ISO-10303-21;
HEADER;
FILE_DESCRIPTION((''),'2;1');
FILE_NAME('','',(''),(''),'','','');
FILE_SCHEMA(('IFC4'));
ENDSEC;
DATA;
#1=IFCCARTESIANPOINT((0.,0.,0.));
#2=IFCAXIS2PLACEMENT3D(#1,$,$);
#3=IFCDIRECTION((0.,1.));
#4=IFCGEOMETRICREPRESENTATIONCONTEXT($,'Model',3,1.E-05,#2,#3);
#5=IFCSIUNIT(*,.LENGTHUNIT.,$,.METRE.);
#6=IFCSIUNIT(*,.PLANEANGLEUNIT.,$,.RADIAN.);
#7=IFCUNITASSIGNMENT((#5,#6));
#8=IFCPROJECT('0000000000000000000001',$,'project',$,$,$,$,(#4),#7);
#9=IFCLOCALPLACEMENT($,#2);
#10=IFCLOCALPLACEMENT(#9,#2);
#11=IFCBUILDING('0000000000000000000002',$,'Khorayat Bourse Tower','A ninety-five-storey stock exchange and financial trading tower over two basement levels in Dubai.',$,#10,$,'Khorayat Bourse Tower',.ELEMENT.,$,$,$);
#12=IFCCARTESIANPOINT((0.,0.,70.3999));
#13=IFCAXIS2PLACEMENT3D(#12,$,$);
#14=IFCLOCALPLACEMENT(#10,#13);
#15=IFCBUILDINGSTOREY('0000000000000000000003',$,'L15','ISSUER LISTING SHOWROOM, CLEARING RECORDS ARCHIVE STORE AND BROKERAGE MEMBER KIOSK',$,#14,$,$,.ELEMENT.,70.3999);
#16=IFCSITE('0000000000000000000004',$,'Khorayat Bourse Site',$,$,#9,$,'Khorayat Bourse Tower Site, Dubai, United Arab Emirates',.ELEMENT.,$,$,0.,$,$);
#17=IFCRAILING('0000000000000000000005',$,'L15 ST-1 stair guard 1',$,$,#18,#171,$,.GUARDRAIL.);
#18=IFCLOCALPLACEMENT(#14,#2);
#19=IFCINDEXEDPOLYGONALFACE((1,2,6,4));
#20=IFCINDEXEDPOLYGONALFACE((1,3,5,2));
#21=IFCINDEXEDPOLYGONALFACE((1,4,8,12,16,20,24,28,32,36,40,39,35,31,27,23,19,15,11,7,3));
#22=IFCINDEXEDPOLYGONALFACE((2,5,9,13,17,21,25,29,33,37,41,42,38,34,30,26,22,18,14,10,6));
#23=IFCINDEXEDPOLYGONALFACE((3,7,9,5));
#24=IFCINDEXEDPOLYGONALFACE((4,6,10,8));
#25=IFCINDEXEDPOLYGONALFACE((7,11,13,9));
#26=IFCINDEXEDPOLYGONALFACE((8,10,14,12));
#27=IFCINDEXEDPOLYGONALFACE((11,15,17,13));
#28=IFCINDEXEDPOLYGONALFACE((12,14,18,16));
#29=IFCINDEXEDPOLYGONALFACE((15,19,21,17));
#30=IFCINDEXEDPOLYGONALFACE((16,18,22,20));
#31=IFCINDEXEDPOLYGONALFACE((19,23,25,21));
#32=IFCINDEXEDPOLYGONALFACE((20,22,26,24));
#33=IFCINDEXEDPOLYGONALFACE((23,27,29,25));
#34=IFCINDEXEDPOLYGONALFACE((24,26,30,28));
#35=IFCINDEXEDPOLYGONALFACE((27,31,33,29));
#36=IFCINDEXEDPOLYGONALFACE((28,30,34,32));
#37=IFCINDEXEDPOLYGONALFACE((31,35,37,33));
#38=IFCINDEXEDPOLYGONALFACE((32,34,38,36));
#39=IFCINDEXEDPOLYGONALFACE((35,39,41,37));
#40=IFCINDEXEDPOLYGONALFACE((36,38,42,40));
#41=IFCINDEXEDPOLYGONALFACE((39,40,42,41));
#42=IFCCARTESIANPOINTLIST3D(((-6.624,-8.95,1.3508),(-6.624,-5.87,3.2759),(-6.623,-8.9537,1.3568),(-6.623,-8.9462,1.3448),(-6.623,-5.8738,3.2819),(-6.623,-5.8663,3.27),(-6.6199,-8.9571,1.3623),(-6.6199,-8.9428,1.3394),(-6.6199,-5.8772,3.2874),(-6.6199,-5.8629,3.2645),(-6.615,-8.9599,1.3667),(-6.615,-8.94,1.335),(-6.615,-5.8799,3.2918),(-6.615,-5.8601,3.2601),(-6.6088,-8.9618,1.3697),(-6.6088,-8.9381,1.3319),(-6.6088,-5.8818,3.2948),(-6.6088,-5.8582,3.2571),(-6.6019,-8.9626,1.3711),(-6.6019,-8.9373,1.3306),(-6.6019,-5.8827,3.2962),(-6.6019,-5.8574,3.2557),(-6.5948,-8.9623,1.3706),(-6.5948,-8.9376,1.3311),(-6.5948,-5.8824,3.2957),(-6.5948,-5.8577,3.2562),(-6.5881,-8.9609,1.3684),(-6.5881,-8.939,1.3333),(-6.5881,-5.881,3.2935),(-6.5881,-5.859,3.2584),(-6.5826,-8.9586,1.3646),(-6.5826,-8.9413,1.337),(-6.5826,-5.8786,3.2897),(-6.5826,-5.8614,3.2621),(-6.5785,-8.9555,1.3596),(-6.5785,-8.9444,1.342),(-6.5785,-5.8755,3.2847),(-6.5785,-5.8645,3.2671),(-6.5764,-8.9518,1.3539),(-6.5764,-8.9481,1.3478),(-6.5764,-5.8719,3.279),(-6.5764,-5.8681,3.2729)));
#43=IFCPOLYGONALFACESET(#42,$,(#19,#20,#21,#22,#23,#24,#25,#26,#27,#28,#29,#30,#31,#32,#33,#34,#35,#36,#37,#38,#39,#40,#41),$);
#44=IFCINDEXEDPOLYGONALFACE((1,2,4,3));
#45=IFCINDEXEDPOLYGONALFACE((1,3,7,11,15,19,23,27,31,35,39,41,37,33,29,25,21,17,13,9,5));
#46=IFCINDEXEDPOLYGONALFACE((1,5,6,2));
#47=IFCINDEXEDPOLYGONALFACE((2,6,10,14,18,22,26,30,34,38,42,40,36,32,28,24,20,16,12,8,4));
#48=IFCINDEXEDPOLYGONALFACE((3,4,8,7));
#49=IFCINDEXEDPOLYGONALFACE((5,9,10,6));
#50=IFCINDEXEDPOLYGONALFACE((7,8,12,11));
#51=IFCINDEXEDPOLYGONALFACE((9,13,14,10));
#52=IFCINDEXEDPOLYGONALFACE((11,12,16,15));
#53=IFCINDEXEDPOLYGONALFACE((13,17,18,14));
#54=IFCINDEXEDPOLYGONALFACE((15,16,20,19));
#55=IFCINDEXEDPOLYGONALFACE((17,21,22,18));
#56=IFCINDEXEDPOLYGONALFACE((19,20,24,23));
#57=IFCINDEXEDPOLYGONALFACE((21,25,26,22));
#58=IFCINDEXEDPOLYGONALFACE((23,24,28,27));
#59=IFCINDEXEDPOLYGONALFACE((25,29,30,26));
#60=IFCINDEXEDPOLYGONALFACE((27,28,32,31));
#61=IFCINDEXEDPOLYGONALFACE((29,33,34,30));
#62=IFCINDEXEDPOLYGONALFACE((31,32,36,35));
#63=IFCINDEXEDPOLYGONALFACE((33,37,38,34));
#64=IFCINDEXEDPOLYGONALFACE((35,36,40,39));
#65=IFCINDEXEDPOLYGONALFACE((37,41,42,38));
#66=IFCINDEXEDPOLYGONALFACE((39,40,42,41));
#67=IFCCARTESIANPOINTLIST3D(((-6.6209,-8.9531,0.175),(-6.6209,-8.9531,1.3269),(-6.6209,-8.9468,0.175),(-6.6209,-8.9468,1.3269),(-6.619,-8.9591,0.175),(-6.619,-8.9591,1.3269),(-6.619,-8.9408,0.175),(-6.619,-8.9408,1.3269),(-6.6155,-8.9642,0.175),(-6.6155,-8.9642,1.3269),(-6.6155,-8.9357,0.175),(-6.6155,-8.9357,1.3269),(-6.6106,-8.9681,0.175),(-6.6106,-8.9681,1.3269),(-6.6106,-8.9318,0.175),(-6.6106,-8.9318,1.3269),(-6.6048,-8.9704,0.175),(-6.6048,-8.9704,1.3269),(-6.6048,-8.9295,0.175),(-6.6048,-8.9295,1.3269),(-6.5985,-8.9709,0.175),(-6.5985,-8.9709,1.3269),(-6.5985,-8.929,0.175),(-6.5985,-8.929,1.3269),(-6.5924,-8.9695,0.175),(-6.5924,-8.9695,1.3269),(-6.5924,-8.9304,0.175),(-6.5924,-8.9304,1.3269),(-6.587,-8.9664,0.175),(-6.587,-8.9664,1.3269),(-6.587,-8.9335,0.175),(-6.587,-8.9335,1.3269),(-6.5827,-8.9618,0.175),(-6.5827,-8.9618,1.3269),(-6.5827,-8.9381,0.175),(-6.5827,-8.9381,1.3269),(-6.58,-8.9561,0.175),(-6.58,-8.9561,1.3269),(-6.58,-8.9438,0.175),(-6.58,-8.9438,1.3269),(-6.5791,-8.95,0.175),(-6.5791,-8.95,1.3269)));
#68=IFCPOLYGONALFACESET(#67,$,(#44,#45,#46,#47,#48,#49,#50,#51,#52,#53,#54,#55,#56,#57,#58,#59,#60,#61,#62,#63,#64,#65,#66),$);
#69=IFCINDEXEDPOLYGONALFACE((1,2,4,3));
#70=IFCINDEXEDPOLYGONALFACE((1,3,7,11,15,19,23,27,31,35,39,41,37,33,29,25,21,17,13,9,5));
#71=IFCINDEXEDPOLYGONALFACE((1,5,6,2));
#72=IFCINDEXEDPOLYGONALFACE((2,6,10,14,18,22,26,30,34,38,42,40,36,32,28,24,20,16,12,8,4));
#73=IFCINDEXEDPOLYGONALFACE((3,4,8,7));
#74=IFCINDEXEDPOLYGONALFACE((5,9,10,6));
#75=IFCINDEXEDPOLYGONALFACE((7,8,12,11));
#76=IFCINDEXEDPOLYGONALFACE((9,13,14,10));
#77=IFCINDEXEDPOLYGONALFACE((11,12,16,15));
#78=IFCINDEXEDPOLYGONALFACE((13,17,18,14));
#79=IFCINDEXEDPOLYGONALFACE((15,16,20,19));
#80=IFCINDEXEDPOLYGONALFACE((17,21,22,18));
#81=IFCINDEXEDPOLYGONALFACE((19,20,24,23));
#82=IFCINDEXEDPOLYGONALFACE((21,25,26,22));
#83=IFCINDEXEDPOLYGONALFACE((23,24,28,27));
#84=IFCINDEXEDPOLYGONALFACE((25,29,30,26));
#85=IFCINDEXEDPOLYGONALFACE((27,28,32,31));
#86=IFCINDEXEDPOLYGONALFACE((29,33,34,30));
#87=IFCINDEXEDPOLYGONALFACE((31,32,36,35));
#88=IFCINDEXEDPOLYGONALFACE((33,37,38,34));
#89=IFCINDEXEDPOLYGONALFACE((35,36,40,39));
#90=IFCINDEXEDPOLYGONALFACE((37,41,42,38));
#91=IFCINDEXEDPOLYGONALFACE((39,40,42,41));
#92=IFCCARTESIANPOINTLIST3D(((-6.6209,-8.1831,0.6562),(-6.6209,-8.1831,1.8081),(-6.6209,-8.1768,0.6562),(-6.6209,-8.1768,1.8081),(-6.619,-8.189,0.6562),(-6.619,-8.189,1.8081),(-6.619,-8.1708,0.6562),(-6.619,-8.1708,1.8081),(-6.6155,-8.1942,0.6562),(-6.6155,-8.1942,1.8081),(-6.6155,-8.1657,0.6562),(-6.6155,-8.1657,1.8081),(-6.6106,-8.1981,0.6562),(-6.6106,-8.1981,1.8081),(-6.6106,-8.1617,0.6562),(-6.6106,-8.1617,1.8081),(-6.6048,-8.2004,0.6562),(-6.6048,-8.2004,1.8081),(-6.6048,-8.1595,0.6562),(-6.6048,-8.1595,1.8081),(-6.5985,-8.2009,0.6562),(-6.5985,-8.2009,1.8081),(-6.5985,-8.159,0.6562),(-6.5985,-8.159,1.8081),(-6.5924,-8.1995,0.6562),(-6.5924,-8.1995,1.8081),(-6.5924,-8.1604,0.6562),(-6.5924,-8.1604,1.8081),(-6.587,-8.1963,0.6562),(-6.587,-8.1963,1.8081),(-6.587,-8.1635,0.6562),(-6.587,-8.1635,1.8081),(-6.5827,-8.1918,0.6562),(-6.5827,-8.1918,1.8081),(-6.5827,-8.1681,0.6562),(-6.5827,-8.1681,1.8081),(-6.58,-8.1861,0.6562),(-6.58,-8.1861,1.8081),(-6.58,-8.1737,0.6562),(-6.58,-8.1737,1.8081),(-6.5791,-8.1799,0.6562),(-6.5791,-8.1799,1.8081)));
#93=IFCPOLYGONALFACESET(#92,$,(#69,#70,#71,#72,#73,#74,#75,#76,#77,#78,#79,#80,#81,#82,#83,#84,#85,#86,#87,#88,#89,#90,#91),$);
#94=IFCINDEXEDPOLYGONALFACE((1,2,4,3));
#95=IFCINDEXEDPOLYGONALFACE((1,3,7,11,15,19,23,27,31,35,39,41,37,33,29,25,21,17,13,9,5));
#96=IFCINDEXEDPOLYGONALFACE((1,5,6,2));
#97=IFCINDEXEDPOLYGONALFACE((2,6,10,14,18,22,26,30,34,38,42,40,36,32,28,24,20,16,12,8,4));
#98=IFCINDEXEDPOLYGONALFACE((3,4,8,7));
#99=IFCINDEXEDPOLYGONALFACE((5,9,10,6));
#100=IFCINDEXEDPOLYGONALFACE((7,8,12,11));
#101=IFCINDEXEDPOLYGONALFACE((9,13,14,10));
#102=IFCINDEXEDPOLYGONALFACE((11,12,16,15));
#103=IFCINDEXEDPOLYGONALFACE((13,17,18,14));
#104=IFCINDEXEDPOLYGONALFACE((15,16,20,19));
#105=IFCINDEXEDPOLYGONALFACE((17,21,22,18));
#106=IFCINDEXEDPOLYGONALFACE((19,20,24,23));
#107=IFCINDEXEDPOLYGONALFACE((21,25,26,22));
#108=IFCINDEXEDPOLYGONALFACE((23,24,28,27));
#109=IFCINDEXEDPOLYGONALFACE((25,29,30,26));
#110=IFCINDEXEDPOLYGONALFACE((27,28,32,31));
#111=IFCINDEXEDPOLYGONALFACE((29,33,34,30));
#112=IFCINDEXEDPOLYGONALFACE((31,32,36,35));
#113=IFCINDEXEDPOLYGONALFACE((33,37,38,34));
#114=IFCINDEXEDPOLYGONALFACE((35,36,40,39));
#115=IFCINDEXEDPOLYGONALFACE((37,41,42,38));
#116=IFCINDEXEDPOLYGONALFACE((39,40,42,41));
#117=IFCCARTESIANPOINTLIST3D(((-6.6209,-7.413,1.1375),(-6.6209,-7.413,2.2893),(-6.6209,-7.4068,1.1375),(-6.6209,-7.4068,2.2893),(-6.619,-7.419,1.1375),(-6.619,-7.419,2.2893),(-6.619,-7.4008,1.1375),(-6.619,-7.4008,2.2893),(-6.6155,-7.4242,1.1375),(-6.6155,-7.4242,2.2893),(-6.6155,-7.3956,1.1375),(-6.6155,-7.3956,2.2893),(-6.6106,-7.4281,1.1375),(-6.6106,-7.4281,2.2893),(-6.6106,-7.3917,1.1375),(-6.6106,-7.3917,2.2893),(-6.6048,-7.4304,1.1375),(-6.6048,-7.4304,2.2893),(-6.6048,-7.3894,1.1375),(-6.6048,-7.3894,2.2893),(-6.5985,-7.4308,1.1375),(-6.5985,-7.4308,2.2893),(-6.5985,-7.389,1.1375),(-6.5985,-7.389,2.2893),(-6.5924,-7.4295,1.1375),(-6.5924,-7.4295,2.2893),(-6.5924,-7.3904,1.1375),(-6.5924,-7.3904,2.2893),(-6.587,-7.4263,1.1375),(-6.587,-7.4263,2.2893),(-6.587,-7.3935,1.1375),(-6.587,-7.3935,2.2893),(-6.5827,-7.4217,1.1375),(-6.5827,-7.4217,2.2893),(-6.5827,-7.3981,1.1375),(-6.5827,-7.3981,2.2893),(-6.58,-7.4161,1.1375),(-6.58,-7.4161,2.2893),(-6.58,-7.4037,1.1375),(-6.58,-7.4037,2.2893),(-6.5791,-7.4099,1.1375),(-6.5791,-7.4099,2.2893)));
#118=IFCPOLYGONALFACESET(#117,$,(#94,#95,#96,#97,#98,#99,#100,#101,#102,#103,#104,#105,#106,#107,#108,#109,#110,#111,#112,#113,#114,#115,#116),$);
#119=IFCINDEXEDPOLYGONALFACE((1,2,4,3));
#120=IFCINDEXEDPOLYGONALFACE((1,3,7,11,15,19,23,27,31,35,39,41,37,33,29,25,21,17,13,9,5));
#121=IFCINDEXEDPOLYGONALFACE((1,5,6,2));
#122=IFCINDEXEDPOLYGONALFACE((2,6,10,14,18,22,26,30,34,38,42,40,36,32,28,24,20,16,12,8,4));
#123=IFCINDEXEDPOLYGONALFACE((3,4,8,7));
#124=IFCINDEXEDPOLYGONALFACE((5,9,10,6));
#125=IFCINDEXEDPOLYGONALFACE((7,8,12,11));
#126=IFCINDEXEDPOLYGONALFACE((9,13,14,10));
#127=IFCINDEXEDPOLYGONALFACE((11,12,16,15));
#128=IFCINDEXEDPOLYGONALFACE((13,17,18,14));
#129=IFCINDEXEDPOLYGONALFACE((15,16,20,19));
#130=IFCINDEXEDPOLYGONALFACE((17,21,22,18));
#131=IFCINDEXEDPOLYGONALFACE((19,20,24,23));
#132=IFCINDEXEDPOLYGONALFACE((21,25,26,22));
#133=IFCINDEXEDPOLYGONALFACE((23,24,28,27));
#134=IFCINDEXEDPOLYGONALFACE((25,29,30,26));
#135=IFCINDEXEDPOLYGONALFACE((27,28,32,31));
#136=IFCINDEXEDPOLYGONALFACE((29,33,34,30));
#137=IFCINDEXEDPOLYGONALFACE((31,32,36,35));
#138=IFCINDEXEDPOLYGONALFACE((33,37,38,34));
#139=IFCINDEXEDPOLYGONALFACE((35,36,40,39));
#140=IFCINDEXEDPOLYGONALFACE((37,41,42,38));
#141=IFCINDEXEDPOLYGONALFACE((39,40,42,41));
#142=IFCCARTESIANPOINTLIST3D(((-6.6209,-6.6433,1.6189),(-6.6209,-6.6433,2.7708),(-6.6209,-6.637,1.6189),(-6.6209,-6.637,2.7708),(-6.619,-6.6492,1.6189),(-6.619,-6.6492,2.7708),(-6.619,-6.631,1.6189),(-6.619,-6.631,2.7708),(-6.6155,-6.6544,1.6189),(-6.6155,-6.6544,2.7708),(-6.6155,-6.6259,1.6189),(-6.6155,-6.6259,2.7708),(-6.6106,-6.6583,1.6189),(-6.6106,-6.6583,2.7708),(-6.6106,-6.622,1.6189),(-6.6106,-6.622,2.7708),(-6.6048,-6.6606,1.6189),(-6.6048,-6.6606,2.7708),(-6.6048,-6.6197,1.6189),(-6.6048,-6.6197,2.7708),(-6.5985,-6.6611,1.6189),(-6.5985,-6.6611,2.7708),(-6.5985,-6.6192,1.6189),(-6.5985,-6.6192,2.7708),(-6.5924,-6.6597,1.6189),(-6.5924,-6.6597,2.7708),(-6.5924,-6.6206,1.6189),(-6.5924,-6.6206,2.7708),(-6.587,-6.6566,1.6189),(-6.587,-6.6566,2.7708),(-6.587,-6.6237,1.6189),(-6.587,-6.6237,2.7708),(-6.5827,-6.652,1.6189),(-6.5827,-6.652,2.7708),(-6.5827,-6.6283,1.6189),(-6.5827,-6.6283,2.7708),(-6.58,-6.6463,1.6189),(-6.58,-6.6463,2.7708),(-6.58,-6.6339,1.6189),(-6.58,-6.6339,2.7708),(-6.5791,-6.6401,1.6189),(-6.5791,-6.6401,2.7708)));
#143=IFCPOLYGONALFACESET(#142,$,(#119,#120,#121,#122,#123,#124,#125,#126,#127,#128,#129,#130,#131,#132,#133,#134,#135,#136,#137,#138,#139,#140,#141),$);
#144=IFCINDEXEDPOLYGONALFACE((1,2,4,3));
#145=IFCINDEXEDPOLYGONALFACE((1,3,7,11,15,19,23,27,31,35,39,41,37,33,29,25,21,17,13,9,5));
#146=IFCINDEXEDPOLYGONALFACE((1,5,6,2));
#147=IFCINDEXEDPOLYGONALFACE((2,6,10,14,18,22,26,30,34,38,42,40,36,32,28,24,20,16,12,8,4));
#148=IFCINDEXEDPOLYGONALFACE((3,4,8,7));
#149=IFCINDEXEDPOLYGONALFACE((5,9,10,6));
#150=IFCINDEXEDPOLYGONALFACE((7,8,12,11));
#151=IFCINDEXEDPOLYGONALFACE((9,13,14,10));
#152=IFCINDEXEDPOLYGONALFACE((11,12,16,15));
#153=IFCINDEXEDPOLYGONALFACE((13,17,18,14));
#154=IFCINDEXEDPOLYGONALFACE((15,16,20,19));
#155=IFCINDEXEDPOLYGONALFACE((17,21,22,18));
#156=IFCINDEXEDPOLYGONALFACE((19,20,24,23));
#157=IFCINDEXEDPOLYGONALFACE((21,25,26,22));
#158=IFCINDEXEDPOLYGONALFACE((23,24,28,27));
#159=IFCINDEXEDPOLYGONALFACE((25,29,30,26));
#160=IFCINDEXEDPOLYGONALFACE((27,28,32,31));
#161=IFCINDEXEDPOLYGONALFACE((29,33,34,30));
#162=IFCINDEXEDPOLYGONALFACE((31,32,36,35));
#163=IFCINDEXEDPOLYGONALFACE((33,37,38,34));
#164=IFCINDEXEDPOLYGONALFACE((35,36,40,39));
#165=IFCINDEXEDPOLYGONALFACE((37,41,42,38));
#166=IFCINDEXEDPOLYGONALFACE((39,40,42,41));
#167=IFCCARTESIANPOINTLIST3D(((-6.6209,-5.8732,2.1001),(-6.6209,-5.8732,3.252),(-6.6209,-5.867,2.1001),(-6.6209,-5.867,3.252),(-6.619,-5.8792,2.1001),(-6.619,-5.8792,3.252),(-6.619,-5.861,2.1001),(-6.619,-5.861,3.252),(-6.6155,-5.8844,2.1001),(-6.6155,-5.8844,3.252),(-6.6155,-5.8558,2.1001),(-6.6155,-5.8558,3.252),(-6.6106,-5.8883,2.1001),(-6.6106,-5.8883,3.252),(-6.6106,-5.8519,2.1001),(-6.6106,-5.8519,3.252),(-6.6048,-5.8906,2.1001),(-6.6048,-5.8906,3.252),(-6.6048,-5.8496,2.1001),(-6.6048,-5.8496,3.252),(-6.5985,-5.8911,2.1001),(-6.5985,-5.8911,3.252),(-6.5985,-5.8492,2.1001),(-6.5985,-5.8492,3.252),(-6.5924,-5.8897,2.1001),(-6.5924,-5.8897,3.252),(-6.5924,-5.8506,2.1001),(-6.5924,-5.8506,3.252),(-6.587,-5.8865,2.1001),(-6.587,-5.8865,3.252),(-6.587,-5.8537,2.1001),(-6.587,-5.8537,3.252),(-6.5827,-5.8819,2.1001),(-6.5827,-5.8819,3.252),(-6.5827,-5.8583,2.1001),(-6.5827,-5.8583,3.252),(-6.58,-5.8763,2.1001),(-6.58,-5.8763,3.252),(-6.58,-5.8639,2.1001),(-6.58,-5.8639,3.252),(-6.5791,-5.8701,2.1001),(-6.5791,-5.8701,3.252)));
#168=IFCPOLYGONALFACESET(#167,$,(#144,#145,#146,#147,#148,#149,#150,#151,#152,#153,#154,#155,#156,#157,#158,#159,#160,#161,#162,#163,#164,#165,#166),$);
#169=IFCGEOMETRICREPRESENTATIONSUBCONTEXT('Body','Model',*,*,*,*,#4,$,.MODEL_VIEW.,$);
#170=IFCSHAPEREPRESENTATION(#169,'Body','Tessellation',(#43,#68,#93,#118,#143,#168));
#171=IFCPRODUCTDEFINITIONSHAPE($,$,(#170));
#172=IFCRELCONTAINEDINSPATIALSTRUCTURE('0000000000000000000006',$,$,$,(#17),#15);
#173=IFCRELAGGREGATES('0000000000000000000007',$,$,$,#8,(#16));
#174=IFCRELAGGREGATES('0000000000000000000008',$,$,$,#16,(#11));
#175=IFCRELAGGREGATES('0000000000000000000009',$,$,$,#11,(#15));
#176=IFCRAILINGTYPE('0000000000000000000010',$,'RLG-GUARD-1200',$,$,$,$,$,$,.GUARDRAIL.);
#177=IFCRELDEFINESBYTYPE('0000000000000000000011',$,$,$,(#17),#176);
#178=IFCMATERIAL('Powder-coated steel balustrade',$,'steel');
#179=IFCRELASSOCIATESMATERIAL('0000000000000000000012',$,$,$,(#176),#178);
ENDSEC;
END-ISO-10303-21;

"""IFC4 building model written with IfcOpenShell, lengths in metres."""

from ifc_helpers import new_model, si_unit, direction, frame, origin, origin_2d, place, context, subcontext, project, spatial, circle, extrude, source, transform, mapped, material, type_object, element, save


model = new_model("IFC4")

# Units and contexts
model_context = context("Model", 3, precision=1e-05, world=origin(), true_north=direction((0.0, 1.0)))
body_context = subcontext(model_context, "Body", "Model", "MODEL_VIEW")
ifc_project = project(units=[si_unit("LENGTHUNIT", "METRE"), si_unit("PLANEANGLEUNIT", "RADIAN")], contexts=[model_context])

# Site, building, storey
site_placement = place(None, origin())
site = spatial("IfcSite", under=ifc_project, at=site_placement, Name="Khorayat Bourse Site", LongName="Khorayat Bourse Tower Site, Dubai, United Arab Emirates", CompositionType="ELEMENT", RefElevation=0.0)
building_placement = place(site_placement, origin())
building = spatial("IfcBuilding", under=site, at=building_placement, Name="Khorayat Bourse Tower", Description="A ninety-five-storey stock exchange and financial trading tower over two basement levels in Dubai.", LongName="Khorayat Bourse Tower", CompositionType="ELEMENT")
storey_placement = place(building_placement, frame((0.0, 0.0, 70.3999)))
storey = spatial("IfcBuildingStorey", under=building, at=storey_placement, Name="L15", Description="ISSUER LISTING SHOWROOM, CLEARING RECORDS ARCHIVE STORE AND BROKERAGE MEMBER KIOSK", CompositionType="ELEMENT", Elevation=70.3999)

# Railing
ifc_material_1 = material(Name="Powder-coated steel balustrade", Category="steel")
railing_type_1 = type_object("IfcRailingType", Name="RLG-GUARD-1200", PredefinedType="GUARDRAIL", material=ifc_material_1)
shared_shape_1 = source(origin(), body_context, "Body", "SweptSolid", [
    extrude(circle(Radius=0.0239, at=origin_2d()), frame((0.0, 0.0, 1.1758), z_axis=(0.0, 0.847979, 0.530029), x_axis=(-1.0, 0.0, 0.0)), (0.0, 0.0, 1.0), 3.6321),
    extrude(circle(Radius=0.021, at=origin_2d()), origin(), (0.0, 0.0, 1.0), 1.1519),
    extrude(circle(Radius=0.021, at=origin_2d()), frame((0.0, 0.77, 0.4812)), (0.0, 0.0, 1.0), 1.1519),
    extrude(circle(Radius=0.021, at=origin_2d()), frame((0.0, 1.54, 0.9624)), (0.0, 0.0, 1.0), 1.1519),
    extrude(circle(Radius=0.021, at=origin_2d()), frame((0.0, 2.3098, 1.4438)), (0.0, 0.0, 1.0), 1.1519),
    extrude(circle(Radius=0.021, at=origin_2d()), frame((0.0, 3.0798, 1.925)), (0.0, 0.0, 1.0), 1.1519),
])
railing_1_placement = place(storey_placement, frame((-6.6001, -8.95, 0.175)))
element("IfcRailing", 1, at=railing_1_placement, inside=storey, type_object=railing_type_1, Name="L15 ST-1 stair guard 1", PredefinedType="GUARDRAIL", context=body_context, shape_type="MappedRepresentation", body=[
    mapped(shared_shape_1, transform((0.0, 0.0, 0.0), scale=1.0)),
])

save(model, "model.ifc")
